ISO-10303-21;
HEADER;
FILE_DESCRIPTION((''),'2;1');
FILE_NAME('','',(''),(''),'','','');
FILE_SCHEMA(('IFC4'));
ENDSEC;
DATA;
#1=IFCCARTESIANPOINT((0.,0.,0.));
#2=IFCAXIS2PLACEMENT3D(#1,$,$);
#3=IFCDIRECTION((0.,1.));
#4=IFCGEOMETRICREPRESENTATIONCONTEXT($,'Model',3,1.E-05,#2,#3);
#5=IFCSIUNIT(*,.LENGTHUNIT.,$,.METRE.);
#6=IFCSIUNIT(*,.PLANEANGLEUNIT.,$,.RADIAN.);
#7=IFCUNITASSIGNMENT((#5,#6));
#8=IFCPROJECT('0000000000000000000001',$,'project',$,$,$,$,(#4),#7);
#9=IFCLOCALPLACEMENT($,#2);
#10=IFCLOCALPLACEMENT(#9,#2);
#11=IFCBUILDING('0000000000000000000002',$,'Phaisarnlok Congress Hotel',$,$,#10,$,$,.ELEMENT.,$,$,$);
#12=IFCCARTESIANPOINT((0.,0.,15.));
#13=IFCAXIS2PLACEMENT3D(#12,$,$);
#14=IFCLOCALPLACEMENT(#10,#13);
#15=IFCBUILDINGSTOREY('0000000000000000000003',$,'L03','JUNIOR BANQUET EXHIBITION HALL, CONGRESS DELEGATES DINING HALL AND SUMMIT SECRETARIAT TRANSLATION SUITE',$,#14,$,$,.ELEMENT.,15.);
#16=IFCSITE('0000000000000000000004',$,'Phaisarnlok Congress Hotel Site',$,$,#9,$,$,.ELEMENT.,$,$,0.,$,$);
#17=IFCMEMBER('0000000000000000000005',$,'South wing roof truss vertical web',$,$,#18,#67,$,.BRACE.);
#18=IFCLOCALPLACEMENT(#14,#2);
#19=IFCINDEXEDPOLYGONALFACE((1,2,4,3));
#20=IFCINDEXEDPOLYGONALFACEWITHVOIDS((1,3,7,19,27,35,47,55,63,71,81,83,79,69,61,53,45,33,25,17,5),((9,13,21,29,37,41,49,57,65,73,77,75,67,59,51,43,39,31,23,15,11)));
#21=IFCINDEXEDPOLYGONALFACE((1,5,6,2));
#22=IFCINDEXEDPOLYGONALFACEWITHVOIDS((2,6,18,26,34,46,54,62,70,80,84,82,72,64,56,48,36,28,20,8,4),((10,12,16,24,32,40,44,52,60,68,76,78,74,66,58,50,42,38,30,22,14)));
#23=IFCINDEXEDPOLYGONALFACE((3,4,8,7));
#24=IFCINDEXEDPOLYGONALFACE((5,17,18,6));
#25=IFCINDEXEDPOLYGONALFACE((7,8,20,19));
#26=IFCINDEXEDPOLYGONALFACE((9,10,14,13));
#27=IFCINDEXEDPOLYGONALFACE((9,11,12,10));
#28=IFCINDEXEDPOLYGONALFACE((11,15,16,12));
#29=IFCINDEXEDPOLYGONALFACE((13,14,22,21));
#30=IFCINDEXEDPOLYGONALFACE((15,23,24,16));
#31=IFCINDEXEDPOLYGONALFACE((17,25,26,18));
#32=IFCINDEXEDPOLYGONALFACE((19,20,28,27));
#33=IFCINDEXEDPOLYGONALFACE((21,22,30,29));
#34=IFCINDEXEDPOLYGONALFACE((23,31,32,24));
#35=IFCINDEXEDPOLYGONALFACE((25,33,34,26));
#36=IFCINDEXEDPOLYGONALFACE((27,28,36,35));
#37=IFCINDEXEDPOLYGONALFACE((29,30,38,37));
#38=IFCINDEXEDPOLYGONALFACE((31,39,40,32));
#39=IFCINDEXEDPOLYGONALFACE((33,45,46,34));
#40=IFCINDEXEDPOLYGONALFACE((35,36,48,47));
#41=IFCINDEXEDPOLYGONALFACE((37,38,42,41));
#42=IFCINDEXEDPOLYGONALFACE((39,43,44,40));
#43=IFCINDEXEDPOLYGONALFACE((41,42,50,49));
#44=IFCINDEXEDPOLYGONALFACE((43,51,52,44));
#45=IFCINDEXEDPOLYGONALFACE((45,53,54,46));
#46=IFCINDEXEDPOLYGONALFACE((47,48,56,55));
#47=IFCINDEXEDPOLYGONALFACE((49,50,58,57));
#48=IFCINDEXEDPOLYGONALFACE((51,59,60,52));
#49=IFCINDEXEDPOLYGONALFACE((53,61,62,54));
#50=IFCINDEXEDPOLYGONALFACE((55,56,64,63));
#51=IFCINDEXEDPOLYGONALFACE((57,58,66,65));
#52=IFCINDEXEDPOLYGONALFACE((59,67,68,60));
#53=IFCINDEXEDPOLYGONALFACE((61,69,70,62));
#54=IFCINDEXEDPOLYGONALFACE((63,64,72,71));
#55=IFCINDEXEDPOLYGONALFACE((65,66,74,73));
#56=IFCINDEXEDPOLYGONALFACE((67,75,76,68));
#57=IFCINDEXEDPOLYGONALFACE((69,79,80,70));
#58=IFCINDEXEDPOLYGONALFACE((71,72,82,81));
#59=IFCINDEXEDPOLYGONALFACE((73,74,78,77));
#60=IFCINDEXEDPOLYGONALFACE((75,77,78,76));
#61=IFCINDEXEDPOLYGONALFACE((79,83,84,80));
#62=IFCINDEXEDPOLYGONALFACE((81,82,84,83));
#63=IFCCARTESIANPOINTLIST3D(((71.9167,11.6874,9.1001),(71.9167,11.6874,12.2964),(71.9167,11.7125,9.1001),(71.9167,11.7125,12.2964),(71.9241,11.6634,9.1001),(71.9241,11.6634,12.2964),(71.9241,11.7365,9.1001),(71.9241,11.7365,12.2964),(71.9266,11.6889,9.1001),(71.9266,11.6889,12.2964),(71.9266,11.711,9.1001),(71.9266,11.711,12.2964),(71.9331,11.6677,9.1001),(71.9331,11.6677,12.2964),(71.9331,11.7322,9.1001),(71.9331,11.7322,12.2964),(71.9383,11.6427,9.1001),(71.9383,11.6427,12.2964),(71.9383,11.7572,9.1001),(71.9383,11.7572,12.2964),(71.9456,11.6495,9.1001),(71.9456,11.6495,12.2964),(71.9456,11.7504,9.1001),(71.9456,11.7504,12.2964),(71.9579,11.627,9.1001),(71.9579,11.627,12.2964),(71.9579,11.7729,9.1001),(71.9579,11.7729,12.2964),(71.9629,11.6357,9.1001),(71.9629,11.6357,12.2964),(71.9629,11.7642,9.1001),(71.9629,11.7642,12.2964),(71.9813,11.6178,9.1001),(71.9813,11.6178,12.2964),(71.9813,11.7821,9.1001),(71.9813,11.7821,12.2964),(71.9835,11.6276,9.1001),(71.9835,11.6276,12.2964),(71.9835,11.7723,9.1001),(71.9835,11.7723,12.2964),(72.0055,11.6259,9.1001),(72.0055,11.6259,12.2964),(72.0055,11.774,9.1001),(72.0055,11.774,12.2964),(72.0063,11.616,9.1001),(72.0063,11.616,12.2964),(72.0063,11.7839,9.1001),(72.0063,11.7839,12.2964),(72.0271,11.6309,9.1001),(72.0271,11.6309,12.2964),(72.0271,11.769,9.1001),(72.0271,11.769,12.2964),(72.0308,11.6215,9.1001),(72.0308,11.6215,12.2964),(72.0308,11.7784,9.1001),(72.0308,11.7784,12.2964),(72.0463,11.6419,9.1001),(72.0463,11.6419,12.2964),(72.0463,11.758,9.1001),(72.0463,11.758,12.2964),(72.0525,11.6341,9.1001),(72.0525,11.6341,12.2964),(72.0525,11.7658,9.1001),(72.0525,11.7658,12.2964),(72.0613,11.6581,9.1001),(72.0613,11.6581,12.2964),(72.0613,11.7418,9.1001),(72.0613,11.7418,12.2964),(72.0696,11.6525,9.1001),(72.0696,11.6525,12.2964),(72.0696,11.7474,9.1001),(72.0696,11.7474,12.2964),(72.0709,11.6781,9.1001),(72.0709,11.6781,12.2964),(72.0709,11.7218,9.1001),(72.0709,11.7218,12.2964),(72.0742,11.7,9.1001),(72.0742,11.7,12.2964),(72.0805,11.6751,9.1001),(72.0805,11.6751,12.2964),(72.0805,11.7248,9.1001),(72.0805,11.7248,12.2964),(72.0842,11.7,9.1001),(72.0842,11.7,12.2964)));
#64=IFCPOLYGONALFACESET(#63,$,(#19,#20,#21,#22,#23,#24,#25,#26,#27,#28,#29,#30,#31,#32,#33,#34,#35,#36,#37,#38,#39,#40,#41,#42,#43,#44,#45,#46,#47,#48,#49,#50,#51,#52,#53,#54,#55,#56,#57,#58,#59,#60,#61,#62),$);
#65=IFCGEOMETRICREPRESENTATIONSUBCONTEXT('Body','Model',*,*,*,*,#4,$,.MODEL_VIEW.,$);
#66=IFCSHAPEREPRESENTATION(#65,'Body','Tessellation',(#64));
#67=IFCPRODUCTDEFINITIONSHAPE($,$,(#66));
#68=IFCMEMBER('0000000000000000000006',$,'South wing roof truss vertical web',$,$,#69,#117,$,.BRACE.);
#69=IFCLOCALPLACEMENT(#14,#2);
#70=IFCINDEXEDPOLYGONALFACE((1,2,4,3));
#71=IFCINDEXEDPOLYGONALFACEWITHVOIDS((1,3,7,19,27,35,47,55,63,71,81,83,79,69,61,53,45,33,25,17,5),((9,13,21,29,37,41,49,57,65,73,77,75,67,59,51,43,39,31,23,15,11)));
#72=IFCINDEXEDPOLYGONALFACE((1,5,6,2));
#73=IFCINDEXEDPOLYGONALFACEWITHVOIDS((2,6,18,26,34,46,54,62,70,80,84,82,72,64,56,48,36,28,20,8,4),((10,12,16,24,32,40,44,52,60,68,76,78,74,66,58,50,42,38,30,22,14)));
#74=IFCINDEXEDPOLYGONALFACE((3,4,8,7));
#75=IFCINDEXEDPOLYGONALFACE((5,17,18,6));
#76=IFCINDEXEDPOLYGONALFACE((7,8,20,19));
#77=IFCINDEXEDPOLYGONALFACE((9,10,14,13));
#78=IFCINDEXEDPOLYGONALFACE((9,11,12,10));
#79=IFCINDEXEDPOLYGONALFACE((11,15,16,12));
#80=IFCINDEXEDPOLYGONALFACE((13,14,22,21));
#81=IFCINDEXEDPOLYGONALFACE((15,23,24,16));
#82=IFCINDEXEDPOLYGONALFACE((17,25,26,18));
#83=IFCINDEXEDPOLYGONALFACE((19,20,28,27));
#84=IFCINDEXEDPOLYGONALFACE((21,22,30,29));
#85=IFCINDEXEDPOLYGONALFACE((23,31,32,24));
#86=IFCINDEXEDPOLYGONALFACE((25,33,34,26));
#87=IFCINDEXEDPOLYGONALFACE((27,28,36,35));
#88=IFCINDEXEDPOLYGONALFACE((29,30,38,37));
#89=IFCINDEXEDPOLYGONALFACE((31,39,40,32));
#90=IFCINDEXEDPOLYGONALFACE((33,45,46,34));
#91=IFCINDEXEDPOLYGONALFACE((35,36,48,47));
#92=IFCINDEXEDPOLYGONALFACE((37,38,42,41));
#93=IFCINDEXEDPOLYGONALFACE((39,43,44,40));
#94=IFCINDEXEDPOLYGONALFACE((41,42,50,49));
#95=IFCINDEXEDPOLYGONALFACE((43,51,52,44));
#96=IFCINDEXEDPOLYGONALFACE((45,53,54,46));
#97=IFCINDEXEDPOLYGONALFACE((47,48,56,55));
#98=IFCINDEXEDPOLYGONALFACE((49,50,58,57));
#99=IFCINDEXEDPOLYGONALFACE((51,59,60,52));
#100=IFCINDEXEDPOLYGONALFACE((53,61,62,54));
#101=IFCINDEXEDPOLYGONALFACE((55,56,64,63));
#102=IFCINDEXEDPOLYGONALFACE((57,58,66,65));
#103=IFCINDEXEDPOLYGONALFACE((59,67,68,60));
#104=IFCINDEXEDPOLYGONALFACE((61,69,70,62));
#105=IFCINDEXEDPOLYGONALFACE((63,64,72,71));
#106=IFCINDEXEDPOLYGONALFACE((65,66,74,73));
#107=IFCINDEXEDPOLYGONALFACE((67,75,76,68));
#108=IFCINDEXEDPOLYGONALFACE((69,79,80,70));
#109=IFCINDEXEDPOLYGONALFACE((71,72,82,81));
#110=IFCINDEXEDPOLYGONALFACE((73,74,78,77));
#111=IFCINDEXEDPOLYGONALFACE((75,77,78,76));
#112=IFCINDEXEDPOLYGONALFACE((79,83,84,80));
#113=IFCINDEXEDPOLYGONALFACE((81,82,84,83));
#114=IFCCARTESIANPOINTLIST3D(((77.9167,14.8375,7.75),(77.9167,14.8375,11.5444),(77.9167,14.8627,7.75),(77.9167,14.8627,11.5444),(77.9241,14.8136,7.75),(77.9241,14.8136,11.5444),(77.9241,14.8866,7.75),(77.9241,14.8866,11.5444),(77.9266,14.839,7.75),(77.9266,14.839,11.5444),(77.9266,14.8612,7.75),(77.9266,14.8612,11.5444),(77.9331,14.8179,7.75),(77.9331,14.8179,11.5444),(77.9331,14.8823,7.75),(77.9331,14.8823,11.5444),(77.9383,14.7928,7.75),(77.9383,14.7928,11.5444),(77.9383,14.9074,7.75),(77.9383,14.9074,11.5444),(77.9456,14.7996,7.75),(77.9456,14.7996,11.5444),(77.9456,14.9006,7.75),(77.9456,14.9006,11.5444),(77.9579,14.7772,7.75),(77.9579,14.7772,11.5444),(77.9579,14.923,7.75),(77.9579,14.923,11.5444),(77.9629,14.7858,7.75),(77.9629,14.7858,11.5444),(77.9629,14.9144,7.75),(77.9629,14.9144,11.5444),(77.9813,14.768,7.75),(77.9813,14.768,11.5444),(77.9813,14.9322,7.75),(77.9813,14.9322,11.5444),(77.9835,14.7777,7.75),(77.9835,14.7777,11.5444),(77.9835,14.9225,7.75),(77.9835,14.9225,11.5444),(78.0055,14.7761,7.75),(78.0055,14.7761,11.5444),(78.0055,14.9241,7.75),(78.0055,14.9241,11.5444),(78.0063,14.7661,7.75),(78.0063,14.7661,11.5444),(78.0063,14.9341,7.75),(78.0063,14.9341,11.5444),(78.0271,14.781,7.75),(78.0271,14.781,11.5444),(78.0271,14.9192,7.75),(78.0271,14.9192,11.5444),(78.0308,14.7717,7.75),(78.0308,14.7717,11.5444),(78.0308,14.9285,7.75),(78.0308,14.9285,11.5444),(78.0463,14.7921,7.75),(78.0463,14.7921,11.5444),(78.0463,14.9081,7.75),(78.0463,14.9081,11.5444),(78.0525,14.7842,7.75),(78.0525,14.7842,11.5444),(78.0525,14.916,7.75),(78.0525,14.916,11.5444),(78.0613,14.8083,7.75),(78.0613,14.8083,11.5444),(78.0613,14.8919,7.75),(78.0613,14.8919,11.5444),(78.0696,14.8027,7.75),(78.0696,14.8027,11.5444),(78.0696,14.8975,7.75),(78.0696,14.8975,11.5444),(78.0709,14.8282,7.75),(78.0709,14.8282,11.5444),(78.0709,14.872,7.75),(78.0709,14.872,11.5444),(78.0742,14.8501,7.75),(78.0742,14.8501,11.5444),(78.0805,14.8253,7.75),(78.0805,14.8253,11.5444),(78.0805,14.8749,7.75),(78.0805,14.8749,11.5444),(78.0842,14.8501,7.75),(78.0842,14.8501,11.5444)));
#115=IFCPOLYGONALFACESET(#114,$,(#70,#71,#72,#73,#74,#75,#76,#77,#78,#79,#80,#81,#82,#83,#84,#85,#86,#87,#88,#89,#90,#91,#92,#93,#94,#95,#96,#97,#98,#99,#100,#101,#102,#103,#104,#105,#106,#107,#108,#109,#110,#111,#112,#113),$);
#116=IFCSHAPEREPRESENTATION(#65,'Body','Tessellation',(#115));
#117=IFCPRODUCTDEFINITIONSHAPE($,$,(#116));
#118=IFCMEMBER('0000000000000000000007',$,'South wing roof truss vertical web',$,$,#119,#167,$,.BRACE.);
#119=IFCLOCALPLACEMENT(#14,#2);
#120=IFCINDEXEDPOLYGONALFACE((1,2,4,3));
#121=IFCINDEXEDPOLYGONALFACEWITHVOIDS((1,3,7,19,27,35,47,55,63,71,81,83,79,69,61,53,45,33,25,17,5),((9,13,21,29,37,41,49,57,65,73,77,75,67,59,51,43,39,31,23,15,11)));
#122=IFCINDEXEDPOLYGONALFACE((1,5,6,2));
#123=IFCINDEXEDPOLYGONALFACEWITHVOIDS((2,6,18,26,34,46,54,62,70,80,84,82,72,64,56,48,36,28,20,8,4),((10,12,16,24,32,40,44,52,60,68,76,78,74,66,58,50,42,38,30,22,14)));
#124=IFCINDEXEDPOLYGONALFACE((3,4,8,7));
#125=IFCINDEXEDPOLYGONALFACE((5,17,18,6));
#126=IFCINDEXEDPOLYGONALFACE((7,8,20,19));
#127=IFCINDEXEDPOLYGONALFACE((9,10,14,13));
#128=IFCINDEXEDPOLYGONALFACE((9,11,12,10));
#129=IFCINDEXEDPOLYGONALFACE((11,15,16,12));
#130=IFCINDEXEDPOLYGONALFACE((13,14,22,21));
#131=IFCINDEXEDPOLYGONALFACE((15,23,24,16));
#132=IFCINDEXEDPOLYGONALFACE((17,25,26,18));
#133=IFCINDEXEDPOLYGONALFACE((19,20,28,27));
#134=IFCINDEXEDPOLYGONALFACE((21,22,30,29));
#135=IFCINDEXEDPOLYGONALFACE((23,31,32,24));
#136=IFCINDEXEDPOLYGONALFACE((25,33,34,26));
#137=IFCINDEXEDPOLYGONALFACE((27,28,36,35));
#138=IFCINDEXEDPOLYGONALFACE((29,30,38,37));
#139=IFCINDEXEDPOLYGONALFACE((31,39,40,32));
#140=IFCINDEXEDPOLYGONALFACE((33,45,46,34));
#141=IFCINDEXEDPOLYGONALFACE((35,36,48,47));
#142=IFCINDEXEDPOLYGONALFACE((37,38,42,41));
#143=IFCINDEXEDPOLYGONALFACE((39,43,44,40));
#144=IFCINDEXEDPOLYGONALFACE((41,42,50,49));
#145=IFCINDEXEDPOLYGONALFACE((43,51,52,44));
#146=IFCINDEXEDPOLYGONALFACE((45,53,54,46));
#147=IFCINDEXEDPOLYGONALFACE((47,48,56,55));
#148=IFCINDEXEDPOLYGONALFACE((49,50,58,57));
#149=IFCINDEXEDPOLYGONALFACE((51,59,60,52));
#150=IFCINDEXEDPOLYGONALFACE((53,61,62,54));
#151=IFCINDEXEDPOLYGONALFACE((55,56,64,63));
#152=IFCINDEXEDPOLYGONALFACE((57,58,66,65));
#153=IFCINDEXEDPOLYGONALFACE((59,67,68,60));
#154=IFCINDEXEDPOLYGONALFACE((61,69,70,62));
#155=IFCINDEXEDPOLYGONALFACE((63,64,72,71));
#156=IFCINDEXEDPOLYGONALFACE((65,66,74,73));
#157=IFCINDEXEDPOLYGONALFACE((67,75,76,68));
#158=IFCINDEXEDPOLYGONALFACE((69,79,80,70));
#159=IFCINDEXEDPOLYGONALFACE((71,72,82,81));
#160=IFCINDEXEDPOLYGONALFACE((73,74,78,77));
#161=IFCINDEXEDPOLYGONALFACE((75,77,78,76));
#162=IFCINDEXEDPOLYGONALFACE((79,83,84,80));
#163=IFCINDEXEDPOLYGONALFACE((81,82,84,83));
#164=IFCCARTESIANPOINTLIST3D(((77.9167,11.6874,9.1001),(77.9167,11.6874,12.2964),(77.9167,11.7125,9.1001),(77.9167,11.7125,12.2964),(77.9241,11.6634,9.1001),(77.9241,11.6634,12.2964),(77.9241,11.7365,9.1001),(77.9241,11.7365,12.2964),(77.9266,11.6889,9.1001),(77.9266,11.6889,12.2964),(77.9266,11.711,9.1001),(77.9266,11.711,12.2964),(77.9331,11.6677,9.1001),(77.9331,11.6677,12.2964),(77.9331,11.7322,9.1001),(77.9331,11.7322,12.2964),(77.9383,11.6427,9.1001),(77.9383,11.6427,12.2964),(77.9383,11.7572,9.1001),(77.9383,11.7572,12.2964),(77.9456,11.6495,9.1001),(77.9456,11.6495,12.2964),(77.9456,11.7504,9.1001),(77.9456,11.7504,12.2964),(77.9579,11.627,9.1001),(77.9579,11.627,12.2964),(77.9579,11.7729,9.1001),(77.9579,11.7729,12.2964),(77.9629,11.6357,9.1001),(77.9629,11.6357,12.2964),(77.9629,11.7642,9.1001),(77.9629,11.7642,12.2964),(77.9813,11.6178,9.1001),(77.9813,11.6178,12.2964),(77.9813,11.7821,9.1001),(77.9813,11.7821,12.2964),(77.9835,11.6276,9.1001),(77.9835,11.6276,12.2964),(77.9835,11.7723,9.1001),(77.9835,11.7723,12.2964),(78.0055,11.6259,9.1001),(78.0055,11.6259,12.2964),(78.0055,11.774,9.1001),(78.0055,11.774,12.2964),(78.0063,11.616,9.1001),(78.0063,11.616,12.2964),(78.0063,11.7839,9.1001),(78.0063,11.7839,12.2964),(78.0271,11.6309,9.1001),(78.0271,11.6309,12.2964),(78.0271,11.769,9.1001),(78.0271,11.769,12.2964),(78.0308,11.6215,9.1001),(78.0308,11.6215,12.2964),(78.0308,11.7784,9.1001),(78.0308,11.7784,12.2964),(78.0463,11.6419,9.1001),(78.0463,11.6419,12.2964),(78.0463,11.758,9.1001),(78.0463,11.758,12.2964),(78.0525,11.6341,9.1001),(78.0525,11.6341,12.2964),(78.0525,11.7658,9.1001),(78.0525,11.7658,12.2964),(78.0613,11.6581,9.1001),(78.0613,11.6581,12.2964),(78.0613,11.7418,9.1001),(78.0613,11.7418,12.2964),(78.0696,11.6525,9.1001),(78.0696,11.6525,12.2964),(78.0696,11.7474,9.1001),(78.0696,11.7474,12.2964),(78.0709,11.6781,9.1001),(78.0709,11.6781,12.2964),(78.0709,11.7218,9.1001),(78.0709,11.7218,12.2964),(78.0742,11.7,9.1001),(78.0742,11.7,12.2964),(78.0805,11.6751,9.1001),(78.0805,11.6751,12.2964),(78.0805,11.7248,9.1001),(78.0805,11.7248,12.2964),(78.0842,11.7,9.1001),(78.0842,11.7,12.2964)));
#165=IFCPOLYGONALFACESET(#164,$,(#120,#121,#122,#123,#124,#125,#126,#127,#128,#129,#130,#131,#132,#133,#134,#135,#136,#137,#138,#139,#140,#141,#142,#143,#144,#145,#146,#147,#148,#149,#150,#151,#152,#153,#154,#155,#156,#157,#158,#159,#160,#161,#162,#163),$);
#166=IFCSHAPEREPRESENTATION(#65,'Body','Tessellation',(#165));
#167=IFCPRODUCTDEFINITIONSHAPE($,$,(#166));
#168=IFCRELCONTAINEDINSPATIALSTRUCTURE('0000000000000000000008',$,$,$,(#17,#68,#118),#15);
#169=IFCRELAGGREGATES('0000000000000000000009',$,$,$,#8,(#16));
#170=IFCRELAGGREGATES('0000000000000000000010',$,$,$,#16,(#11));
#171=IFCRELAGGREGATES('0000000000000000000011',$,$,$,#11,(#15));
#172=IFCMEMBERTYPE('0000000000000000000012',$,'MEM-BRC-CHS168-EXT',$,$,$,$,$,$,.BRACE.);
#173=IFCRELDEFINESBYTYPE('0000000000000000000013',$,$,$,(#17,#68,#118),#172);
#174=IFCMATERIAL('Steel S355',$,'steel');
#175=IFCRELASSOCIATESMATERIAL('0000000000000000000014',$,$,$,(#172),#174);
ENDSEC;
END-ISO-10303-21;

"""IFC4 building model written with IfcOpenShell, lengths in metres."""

from ifc_helpers import new_model, si_unit, direction, frame, origin, origin_2d, place, context, subcontext, project, spatial, hollow_circle, extrude, material, material_profile, profile_set, type_object, element, save


model = new_model("IFC4")

# Units and contexts
model_context = context("Model", 3, precision=1e-05, world=origin(), true_north=direction((0.0, 1.0)))
body_context = subcontext(model_context, "Body", "Model", "MODEL_VIEW")
ifc_project = project(units=[si_unit("LENGTHUNIT", "METRE"), si_unit("PLANEANGLEUNIT", "RADIAN")], contexts=[model_context])

# Site, building, storey
site_placement = place(None, origin())
site = spatial("IfcSite", under=ifc_project, at=site_placement, Name="Phaisarnlok Congress Hotel Site", CompositionType="ELEMENT", RefElevation=0.0)
building_placement = place(site_placement, origin())
building = spatial("IfcBuilding", under=site, at=building_placement, Name="Phaisarnlok Congress Hotel", CompositionType="ELEMENT")
storey_placement = place(building_placement, frame((0.0, 0.0, 15.0)))
storey = spatial("IfcBuildingStorey", under=building, at=storey_placement, Name="L03", Description="JUNIOR BANQUET EXHIBITION HALL, CONGRESS DELEGATES DINING HALL AND SUMMIT SECRETARIAT TRANSLATION SUITE", CompositionType="ELEMENT", Elevation=15.0)

# Members
ifc_material_1 = material(Name="Steel S355", Category="steel")
ifc_material_profile_1 = material_profile(ifc_material_1, hollow_circle(Radius=0.0842, WallThickness=0.01, at=origin_2d()), Name="CHS 168.3x10")
ifc_profile_set_1 = profile_set([ifc_material_profile_1], Name="Steel S355")
member_type_1 = type_object("IfcMemberType", Name="MEM-BRC-CHS168-EXT", PredefinedType="BRACE", material=ifc_profile_set_1)
member_1_placement = place(storey_placement, frame((72.0, 11.7, 9.1001), z_axis=(0.0, 0.0, 1.0), x_axis=(1.0, 0.0, 0.0)))
element("IfcMember", 1, at=member_1_placement, inside=storey, type_object=member_type_1, Name="South wing roof truss vertical web", PredefinedType="BRACE", context=body_context, shape_type="SweptSolid", body=[
    extrude(hollow_circle(Radius=0.0842, WallThickness=0.01, at=origin_2d()), origin(), (0.0, 0.0, 1.0), 3.1963),
])
member_2_placement = place(storey_placement, frame((78.0, 14.8501, 7.75), z_axis=(0.0, 0.0, 1.0), x_axis=(1.0, 0.0, 0.0)))
element("IfcMember", 2, at=member_2_placement, inside=storey, type_object=member_type_1, Name="South wing roof truss vertical web", PredefinedType="BRACE", context=body_context, shape_type="SweptSolid", body=[
    extrude(hollow_circle(Radius=0.0842, WallThickness=0.01, at=origin_2d()), origin(), (0.0, 0.0, 1.0), 3.7944),
])
member_3_placement = place(storey_placement, frame((78.0, 11.7, 9.1001), z_axis=(0.0, 0.0, 1.0), x_axis=(1.0, 0.0, 0.0)))
element("IfcMember", 3, at=member_3_placement, inside=storey, type_object=member_type_1, Name="South wing roof truss vertical web", PredefinedType="BRACE", context=body_context, shape_type="SweptSolid", body=[
    extrude(hollow_circle(Radius=0.0842, WallThickness=0.01, at=origin_2d()), origin(), (0.0, 0.0, 1.0), 3.1963),
])

save(model, "model.ifc")
